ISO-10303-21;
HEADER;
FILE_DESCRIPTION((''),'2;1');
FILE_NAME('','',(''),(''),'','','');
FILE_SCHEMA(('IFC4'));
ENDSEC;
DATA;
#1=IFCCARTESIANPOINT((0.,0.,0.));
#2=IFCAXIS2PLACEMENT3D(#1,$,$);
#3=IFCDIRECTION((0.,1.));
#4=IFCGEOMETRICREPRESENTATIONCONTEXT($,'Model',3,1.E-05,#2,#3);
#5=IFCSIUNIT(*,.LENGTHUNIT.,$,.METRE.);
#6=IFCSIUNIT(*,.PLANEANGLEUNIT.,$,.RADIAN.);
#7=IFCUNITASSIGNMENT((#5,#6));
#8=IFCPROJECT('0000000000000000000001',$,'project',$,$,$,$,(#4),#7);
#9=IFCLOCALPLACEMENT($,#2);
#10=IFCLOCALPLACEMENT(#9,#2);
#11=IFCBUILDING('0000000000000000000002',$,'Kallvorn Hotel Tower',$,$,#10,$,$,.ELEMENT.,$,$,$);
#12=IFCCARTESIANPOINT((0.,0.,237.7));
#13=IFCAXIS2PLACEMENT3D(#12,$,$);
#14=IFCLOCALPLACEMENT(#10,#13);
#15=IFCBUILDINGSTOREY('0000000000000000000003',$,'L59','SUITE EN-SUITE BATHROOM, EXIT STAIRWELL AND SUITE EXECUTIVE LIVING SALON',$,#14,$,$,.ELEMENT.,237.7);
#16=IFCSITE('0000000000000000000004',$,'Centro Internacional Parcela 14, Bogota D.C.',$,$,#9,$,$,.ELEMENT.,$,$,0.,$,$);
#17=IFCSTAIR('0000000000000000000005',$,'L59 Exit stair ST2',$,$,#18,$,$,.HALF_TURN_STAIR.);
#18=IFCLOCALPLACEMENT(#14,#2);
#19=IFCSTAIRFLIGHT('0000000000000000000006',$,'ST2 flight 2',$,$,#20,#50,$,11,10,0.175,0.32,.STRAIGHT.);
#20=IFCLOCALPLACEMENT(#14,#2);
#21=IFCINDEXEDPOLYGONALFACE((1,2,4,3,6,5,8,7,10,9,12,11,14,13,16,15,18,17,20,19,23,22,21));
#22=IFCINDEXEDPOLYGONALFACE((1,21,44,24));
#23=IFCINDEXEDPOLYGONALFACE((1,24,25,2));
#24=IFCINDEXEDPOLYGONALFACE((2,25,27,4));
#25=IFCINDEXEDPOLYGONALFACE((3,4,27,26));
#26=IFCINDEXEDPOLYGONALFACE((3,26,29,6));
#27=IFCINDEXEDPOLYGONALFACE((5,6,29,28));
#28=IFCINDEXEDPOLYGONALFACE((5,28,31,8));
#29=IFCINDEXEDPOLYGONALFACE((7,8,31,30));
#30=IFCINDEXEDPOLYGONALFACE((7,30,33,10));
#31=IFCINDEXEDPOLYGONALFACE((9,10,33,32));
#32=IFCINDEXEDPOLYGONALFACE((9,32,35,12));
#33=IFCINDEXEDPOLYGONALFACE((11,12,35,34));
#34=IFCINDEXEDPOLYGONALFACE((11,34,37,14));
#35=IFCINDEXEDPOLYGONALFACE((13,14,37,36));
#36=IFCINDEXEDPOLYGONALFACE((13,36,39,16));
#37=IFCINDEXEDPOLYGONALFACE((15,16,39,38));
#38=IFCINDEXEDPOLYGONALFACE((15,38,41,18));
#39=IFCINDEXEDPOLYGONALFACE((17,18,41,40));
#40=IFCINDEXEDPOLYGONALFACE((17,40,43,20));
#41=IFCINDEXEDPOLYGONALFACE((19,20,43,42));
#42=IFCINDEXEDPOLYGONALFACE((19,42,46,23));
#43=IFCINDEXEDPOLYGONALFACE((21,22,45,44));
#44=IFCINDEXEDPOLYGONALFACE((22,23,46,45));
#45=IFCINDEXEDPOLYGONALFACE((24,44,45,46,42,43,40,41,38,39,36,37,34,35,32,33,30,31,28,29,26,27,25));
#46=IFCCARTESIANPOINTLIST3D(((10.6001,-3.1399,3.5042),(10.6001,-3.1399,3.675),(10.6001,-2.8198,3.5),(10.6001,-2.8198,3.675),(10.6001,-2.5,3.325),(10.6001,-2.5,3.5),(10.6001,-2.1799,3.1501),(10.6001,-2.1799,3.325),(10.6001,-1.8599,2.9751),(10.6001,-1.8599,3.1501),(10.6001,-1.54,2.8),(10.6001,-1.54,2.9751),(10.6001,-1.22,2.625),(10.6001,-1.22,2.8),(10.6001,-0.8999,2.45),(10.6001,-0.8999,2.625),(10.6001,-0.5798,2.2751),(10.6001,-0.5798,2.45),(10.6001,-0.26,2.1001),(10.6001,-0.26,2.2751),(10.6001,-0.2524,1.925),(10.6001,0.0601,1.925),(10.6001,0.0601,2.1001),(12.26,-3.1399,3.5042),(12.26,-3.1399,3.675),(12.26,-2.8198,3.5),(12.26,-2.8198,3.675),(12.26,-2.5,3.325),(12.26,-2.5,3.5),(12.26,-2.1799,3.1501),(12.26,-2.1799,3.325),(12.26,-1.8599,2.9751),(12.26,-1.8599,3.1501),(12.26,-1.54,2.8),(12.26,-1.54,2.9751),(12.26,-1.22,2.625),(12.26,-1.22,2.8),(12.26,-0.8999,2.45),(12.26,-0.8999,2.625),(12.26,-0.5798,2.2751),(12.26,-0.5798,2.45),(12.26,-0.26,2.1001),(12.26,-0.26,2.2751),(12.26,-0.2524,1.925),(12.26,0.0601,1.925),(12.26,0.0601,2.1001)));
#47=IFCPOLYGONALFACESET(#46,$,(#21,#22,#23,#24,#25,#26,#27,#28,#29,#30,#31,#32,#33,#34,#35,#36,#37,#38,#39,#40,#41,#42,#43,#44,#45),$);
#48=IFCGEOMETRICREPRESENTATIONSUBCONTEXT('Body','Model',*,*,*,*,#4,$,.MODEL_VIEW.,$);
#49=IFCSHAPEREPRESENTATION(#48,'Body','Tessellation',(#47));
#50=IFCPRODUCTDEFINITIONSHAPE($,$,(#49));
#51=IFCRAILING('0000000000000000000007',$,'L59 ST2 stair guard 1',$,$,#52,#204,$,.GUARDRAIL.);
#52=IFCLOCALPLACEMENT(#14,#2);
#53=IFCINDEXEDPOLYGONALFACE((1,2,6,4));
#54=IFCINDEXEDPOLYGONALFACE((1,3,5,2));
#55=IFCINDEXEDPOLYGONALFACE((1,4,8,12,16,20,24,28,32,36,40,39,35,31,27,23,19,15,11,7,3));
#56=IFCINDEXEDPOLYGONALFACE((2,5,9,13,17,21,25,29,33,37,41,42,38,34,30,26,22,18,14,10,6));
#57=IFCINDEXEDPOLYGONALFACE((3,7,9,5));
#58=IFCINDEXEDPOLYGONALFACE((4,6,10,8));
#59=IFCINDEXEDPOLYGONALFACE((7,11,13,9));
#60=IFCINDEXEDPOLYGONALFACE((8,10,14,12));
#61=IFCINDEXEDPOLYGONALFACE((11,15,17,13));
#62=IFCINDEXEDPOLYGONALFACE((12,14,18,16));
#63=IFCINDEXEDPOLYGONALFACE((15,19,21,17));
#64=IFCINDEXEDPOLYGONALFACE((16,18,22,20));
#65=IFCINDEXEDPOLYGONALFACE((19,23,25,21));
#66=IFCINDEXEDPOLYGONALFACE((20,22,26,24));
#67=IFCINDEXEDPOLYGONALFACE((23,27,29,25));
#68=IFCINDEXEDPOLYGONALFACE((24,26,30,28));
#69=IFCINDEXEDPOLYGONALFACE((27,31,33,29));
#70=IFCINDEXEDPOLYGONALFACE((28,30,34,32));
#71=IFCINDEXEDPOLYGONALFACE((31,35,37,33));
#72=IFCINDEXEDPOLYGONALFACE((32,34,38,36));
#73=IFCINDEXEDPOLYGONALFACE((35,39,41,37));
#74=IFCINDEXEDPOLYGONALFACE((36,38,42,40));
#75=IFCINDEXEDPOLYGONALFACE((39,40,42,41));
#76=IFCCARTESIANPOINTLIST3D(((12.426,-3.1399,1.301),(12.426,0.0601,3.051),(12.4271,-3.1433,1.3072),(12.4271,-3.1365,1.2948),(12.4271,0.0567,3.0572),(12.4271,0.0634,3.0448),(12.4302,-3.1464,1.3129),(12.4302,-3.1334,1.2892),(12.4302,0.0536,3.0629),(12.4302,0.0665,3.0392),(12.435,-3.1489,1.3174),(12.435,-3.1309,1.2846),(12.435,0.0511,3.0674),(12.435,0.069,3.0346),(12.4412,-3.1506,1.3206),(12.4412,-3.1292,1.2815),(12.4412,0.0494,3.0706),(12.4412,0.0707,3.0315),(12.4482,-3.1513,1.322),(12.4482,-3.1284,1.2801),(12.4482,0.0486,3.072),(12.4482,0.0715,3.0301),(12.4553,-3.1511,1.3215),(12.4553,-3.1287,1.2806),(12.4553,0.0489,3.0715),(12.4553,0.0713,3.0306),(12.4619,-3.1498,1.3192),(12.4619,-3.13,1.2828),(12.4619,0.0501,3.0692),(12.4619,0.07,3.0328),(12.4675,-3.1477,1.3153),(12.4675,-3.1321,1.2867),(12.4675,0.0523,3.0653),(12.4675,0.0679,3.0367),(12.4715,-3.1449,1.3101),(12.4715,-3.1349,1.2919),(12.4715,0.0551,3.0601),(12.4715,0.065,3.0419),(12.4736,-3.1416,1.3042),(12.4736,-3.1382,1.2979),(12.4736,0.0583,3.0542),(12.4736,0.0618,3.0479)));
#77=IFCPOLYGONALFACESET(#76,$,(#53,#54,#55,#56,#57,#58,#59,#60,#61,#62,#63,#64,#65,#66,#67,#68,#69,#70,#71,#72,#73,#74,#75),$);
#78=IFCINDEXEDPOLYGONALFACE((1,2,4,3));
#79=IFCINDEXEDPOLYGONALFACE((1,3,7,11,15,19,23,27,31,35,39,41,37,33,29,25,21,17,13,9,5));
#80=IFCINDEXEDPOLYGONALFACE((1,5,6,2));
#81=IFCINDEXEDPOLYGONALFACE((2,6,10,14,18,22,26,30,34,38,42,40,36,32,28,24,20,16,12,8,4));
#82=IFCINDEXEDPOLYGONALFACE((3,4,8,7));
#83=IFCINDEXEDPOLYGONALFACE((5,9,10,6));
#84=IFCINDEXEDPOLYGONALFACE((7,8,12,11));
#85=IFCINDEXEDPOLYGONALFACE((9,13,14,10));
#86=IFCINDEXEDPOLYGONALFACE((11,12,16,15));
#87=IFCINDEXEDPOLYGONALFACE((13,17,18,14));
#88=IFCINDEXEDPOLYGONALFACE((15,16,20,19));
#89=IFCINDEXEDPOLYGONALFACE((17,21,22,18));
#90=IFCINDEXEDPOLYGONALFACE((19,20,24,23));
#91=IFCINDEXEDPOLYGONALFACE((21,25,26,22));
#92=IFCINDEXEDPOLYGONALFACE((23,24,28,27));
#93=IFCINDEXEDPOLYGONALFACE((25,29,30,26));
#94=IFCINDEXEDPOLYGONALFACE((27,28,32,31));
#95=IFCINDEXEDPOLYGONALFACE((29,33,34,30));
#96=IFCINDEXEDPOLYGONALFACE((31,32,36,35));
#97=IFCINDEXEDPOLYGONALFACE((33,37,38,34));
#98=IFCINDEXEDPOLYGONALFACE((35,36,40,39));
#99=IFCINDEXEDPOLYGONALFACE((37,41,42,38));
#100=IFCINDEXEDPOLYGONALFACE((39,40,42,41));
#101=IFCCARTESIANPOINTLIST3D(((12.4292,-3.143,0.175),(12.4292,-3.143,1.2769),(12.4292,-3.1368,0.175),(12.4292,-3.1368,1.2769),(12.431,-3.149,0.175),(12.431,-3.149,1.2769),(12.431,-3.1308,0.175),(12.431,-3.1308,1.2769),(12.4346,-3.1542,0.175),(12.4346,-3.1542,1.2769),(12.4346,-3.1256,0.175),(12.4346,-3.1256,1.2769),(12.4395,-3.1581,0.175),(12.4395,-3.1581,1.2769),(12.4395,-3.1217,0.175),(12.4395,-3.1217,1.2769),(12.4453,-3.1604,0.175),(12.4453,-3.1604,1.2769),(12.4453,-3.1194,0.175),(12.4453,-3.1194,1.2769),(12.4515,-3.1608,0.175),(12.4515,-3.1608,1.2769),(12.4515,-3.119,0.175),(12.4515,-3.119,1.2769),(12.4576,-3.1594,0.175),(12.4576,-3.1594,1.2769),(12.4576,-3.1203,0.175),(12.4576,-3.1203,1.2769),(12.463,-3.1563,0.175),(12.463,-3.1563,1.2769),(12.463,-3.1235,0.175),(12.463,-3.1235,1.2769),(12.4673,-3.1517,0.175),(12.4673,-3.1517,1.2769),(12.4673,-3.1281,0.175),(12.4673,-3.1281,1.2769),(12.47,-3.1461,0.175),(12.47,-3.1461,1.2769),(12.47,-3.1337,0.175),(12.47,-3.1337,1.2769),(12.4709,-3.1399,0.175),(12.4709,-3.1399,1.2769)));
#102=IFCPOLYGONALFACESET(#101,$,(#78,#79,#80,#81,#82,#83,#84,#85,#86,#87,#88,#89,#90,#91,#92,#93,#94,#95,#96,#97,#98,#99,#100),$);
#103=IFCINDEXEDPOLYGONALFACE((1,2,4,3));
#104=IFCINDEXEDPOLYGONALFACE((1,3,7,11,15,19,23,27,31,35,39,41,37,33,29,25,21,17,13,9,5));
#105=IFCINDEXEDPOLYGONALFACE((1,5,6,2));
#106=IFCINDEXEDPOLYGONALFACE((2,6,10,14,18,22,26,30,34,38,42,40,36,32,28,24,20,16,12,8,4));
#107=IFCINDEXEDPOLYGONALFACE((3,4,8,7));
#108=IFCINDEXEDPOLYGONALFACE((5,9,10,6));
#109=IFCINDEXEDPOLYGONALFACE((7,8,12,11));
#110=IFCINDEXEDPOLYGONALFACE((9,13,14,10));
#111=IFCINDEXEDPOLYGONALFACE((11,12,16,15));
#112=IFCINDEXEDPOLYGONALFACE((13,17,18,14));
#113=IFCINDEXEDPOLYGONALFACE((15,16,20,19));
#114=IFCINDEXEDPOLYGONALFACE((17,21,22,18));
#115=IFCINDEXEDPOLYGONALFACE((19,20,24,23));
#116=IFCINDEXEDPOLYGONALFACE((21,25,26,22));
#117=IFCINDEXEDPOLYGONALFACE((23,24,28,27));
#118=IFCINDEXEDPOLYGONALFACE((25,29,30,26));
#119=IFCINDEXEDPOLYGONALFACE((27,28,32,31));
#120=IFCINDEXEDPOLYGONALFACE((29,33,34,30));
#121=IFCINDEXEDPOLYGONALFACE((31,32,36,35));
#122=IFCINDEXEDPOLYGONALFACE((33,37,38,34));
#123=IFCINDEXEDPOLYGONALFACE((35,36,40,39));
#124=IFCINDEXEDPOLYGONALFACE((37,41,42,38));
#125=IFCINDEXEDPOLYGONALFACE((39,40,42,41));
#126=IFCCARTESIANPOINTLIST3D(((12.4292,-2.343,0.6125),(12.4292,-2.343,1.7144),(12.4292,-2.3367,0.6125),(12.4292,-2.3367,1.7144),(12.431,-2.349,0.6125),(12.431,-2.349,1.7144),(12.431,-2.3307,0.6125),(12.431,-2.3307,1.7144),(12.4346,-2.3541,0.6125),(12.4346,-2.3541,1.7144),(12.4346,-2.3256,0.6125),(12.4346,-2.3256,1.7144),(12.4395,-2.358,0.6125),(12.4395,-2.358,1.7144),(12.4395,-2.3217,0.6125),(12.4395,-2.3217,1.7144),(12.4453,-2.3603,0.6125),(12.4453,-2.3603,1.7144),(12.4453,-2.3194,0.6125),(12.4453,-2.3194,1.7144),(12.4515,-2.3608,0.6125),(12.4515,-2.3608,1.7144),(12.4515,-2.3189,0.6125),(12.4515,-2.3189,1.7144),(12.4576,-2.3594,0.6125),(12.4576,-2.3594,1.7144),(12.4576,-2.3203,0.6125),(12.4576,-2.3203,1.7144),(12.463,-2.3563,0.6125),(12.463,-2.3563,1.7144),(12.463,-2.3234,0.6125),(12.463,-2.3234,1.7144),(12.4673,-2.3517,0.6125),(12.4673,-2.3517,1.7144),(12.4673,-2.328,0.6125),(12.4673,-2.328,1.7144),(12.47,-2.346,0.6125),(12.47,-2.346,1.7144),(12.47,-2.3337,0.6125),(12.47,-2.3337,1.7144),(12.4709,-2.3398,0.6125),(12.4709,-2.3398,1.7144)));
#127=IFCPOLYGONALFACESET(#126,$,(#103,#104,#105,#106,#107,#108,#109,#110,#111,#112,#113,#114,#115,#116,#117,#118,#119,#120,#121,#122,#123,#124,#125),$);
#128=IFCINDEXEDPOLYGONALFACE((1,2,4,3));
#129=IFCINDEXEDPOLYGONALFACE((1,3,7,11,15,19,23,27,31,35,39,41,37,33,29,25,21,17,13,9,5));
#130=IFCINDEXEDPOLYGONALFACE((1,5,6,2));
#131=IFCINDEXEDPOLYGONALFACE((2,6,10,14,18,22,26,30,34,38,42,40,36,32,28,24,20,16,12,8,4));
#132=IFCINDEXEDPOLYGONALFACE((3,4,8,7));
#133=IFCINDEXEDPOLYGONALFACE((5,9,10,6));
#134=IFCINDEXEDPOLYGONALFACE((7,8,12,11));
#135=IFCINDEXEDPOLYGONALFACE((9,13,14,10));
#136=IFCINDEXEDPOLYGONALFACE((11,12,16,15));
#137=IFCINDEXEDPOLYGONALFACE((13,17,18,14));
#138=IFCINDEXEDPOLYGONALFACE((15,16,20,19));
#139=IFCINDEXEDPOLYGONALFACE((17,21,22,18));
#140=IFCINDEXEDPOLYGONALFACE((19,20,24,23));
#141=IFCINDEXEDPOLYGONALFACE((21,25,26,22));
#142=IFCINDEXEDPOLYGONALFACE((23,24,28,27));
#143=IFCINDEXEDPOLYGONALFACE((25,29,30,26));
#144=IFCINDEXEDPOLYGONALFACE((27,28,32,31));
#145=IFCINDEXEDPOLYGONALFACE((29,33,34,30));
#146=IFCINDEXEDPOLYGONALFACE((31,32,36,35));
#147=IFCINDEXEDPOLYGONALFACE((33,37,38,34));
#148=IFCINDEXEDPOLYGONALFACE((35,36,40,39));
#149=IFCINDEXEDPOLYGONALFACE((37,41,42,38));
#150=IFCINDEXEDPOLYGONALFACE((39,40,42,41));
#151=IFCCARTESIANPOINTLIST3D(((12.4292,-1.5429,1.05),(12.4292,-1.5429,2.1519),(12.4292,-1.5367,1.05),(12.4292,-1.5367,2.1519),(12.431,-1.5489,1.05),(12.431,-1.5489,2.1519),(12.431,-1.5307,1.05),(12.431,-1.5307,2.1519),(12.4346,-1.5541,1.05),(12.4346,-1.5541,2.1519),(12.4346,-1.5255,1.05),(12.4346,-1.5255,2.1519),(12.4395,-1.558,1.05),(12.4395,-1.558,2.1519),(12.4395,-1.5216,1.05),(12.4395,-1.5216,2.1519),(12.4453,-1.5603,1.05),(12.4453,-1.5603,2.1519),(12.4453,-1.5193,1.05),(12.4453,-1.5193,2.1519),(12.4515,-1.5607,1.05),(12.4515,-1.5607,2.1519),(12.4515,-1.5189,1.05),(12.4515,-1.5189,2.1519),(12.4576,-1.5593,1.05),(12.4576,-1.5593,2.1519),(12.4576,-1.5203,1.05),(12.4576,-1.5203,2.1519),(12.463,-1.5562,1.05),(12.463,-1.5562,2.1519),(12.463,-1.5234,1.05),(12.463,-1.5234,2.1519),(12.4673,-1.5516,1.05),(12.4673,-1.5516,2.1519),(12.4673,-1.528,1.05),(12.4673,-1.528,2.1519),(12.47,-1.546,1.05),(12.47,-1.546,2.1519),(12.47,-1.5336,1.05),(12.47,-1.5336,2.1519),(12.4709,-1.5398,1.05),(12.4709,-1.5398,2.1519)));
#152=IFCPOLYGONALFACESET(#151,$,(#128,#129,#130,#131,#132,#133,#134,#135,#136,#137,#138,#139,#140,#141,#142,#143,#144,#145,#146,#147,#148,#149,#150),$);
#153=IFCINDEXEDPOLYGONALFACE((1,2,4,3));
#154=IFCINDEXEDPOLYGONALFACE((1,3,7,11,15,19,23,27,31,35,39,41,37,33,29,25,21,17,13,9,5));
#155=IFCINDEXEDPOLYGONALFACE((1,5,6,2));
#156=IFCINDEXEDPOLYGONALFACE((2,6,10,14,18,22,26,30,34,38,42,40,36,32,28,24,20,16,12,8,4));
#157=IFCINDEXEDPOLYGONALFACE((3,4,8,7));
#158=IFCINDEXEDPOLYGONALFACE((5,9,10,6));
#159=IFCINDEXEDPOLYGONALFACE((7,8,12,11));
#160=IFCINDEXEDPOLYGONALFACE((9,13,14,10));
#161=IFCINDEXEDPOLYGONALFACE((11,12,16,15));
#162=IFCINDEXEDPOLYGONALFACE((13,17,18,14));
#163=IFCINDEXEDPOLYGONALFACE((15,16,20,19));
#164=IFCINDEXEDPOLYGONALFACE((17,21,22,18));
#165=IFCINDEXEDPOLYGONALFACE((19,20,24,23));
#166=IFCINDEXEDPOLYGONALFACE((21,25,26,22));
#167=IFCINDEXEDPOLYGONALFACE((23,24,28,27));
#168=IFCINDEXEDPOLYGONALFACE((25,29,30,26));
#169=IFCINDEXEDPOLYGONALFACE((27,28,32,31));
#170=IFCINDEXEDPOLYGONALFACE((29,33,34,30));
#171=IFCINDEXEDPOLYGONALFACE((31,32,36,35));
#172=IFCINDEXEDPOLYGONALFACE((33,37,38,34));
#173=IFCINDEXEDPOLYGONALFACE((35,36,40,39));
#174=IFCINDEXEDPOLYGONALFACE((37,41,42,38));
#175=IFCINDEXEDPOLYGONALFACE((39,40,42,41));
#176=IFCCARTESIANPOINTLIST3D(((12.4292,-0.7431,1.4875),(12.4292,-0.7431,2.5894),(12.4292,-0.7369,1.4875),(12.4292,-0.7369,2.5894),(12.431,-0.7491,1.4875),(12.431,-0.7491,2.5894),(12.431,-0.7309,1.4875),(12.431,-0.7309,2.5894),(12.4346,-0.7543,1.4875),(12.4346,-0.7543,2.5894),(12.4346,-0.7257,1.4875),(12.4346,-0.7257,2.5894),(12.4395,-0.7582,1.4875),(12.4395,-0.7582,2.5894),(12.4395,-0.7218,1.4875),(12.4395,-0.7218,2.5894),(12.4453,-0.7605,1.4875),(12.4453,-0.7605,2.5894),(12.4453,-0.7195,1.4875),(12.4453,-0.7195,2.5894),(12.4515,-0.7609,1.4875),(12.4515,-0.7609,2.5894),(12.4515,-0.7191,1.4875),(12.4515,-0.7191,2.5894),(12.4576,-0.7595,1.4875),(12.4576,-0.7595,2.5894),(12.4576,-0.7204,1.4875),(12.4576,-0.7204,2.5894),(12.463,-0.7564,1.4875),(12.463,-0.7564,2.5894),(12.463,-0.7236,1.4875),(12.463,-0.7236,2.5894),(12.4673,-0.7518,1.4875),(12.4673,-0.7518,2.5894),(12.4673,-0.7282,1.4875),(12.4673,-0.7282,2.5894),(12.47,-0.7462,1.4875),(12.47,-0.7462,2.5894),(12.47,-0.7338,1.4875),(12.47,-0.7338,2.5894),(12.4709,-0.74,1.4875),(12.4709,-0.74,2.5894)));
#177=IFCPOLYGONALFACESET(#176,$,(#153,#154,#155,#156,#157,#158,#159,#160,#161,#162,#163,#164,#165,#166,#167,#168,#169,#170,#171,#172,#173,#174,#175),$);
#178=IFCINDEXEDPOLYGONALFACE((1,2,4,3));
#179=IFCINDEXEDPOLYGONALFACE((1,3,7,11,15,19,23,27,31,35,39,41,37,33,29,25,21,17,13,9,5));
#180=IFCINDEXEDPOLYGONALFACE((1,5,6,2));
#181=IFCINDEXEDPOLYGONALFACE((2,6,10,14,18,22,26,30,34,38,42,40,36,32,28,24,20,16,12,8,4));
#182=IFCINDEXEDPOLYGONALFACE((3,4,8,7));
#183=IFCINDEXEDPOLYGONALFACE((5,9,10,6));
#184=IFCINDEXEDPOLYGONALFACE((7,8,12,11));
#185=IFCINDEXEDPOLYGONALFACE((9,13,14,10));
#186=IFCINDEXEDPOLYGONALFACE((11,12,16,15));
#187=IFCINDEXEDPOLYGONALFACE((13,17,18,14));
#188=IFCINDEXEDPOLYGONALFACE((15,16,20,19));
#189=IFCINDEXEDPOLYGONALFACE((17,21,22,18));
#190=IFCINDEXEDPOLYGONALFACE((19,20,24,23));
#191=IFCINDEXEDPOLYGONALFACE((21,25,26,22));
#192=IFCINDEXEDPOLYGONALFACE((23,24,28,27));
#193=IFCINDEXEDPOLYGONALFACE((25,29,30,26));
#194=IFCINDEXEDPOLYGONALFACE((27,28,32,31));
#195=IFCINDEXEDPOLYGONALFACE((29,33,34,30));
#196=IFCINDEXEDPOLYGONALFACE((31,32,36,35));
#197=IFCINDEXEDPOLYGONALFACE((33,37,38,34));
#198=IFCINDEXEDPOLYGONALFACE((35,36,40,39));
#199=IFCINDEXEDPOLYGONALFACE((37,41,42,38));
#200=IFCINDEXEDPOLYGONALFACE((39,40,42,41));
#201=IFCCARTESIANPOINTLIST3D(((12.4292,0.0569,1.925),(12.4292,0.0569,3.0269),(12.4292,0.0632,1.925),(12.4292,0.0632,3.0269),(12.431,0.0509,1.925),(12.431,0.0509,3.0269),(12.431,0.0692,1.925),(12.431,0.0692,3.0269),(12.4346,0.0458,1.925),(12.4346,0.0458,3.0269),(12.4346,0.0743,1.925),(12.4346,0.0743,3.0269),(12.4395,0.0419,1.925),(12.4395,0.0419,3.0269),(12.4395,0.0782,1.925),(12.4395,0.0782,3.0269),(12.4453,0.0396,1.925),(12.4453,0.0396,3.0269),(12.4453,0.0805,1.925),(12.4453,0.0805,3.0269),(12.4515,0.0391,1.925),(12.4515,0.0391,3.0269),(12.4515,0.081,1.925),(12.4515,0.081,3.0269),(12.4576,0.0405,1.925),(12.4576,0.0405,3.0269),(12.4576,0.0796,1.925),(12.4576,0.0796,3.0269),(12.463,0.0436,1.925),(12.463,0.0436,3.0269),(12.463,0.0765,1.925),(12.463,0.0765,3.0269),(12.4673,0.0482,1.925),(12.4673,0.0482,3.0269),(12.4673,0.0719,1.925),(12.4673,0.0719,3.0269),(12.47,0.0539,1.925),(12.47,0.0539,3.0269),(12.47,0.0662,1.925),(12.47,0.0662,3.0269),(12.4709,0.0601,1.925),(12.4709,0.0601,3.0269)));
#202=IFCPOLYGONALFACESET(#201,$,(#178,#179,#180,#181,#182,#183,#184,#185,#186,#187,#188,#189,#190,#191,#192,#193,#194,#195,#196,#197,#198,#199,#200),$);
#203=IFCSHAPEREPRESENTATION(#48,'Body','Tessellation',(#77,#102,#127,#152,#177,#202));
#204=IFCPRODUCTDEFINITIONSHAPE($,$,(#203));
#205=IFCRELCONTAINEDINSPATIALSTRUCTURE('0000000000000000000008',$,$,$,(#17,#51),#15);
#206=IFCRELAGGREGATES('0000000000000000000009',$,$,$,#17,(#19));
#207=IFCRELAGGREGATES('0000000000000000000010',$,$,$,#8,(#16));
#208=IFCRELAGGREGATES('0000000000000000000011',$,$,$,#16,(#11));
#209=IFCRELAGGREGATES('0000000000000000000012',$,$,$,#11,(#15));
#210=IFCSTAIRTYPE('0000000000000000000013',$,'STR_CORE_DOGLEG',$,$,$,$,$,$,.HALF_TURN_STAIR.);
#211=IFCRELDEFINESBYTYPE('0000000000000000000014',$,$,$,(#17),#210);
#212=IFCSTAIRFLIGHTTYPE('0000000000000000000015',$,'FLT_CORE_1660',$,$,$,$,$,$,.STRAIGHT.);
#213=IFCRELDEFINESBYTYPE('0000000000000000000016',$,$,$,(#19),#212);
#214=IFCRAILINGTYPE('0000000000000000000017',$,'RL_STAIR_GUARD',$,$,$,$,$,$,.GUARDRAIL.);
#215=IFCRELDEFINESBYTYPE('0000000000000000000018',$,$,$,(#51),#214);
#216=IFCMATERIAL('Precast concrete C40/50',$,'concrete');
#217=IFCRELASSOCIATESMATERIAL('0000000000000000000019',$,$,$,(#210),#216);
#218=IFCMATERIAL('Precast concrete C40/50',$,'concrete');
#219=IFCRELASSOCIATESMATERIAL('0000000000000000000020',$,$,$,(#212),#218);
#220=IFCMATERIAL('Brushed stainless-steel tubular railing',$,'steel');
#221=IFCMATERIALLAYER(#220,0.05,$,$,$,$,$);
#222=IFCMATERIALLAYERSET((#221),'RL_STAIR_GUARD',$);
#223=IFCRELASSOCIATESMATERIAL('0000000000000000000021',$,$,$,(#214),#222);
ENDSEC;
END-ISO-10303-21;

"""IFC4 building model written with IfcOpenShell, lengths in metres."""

from ifc_helpers import new_model, si_unit, direction, frame, origin, origin_2d, place, context, subcontext, project, spatial, polyline, circle, outline, extrude, material, layer, layer_set, type_object, element, aggregate, save


model = new_model("IFC4")

# Units and contexts
model_context = context("Model", 3, precision=1e-05, world=origin(), true_north=direction((0.0, 1.0)))
body_context = subcontext(model_context, "Body", "Model", "MODEL_VIEW")
ifc_project = project(units=[si_unit("LENGTHUNIT", "METRE"), si_unit("PLANEANGLEUNIT", "RADIAN")], contexts=[model_context])

# Site, building, storey
site_placement = place(None, origin())
site = spatial("IfcSite", under=ifc_project, at=site_placement, Name="Centro Internacional Parcela 14, Bogota D.C.", CompositionType="ELEMENT", RefElevation=0.0)
building_placement = place(site_placement, origin())
building = spatial("IfcBuilding", under=site, at=building_placement, Name="Kallvorn Hotel Tower", CompositionType="ELEMENT")
storey_placement = place(building_placement, frame((0.0, 0.0, 237.7)))
storey = spatial("IfcBuildingStorey", under=building, at=storey_placement, Name="L59", Description="SUITE EN-SUITE BATHROOM, EXIT STAIRWELL AND SUITE EXECUTIVE LIVING SALON", CompositionType="ELEMENT", Elevation=237.7)

# Stair, stair flight
ifc_material_1 = material(Name="Precast concrete C40/50", Category="concrete")
stair_type = type_object("IfcStairType", Name="STR_CORE_DOGLEG", PredefinedType="HALF_TURN_STAIR", material=ifc_material_1)
stair_placement = place(storey_placement, origin())
stair = element("IfcStair", 1, at=stair_placement, inside=storey, type_object=stair_type, Name="L59 Exit stair ST2", PredefinedType="HALF_TURN_STAIR")
ifc_material_2 = material(Name="Precast concrete C40/50", Category="concrete")
stair_flight_type = type_object("IfcStairFlightType", Name="FLT_CORE_1660", PredefinedType="STRAIGHT", material=ifc_material_2)
stair_flight_1_placement = place(storey_placement, frame((11.4299, 0.0601, 1.925), z_axis=(0.0, 0.0, 1.0), x_axis=(0.0, -1.0, 0.0)))
stair_flight_1 = element("IfcStairFlight", 2, at=stair_flight_1_placement, type_object=stair_flight_type, Name="ST2 flight 2", NumberOfRisers=11, NumberOfTreads=10, PredefinedType="STRAIGHT", RiserHeight=0.175, TreadLength=0.32, context=body_context, shape_type="SweptSolid", body=[
    extrude(outline(polyline([(0.0, 0.0), (0.0, 0.175), (0.3201, 0.175), (0.3201, 0.3501), (0.6399, 0.3501), (0.6399, 0.5249), (0.96, 0.5249), (0.96, 0.7), (1.28, 0.7), (1.28, 0.875), (1.6001, 0.875), (1.6001, 1.05), (1.9199, 1.05), (1.9199, 1.2251), (2.24, 1.2251), (2.24, 1.3999), (2.5601, 1.3999), (2.5601, 1.575), (2.8799, 1.575), (2.8799, 1.75), (3.2, 1.75), (3.2, 1.925), (3.2, 1.5791), (0.3125, 0.0), (0.0, 0.0)])), frame((0.0, 0.8301, 0.0), z_axis=(0.0, -1.0, 0.0), x_axis=(1.0, 0.0, 0.0)), (0.0, 0.0, 1.0), 1.6599),
])
aggregate(stair, [stair_flight_1])

# Railing
ifc_material_3 = material(Name="Brushed stainless-steel tubular railing", Category="steel")
ifc_layer_1 = layer(ifc_material_3, 0.05)
ifc_layer_set_1 = layer_set([ifc_layer_1], Name="RL_STAIR_GUARD")
railing_type_1 = type_object("IfcRailingType", Name="RL_STAIR_GUARD", PredefinedType="GUARDRAIL", material=ifc_layer_set_1)
railing_1_placement = place(storey_placement, frame((12.45, -3.1399, 0.175)))
element("IfcRailing", 3, at=railing_1_placement, inside=storey, type_object=railing_type_1, Name="L59 ST2 stair guard 1", PredefinedType="GUARDRAIL", context=body_context, shape_type="SweptSolid", body=[
    extrude(circle(Radius=0.0239, at=origin_2d()), frame((0.0, 0.0, 1.126), z_axis=(0.0, 0.877368, 0.479818), x_axis=(-1.0, 0.0, 0.0)), (0.0, 0.0, 1.0), 3.6472),
    extrude(circle(Radius=0.021, at=origin_2d()), origin(), (0.0, 0.0, 1.0), 1.1018),
    extrude(circle(Radius=0.021, at=origin_2d()), frame((0.0, 0.8, 0.4375)), (0.0, 0.0, 1.0), 1.1018),
    extrude(circle(Radius=0.021, at=origin_2d()), frame((0.0, 1.6001, 0.875)), (0.0, 0.0, 1.0), 1.1018),
    extrude(circle(Radius=0.021, at=origin_2d()), frame((0.0, 2.3999, 1.3125)), (0.0, 0.0, 1.0), 1.1018),
    extrude(circle(Radius=0.021, at=origin_2d()), frame((0.0, 3.2, 1.75)), (0.0, 0.0, 1.0), 1.1018),
])

save(model, "model.ifc")
